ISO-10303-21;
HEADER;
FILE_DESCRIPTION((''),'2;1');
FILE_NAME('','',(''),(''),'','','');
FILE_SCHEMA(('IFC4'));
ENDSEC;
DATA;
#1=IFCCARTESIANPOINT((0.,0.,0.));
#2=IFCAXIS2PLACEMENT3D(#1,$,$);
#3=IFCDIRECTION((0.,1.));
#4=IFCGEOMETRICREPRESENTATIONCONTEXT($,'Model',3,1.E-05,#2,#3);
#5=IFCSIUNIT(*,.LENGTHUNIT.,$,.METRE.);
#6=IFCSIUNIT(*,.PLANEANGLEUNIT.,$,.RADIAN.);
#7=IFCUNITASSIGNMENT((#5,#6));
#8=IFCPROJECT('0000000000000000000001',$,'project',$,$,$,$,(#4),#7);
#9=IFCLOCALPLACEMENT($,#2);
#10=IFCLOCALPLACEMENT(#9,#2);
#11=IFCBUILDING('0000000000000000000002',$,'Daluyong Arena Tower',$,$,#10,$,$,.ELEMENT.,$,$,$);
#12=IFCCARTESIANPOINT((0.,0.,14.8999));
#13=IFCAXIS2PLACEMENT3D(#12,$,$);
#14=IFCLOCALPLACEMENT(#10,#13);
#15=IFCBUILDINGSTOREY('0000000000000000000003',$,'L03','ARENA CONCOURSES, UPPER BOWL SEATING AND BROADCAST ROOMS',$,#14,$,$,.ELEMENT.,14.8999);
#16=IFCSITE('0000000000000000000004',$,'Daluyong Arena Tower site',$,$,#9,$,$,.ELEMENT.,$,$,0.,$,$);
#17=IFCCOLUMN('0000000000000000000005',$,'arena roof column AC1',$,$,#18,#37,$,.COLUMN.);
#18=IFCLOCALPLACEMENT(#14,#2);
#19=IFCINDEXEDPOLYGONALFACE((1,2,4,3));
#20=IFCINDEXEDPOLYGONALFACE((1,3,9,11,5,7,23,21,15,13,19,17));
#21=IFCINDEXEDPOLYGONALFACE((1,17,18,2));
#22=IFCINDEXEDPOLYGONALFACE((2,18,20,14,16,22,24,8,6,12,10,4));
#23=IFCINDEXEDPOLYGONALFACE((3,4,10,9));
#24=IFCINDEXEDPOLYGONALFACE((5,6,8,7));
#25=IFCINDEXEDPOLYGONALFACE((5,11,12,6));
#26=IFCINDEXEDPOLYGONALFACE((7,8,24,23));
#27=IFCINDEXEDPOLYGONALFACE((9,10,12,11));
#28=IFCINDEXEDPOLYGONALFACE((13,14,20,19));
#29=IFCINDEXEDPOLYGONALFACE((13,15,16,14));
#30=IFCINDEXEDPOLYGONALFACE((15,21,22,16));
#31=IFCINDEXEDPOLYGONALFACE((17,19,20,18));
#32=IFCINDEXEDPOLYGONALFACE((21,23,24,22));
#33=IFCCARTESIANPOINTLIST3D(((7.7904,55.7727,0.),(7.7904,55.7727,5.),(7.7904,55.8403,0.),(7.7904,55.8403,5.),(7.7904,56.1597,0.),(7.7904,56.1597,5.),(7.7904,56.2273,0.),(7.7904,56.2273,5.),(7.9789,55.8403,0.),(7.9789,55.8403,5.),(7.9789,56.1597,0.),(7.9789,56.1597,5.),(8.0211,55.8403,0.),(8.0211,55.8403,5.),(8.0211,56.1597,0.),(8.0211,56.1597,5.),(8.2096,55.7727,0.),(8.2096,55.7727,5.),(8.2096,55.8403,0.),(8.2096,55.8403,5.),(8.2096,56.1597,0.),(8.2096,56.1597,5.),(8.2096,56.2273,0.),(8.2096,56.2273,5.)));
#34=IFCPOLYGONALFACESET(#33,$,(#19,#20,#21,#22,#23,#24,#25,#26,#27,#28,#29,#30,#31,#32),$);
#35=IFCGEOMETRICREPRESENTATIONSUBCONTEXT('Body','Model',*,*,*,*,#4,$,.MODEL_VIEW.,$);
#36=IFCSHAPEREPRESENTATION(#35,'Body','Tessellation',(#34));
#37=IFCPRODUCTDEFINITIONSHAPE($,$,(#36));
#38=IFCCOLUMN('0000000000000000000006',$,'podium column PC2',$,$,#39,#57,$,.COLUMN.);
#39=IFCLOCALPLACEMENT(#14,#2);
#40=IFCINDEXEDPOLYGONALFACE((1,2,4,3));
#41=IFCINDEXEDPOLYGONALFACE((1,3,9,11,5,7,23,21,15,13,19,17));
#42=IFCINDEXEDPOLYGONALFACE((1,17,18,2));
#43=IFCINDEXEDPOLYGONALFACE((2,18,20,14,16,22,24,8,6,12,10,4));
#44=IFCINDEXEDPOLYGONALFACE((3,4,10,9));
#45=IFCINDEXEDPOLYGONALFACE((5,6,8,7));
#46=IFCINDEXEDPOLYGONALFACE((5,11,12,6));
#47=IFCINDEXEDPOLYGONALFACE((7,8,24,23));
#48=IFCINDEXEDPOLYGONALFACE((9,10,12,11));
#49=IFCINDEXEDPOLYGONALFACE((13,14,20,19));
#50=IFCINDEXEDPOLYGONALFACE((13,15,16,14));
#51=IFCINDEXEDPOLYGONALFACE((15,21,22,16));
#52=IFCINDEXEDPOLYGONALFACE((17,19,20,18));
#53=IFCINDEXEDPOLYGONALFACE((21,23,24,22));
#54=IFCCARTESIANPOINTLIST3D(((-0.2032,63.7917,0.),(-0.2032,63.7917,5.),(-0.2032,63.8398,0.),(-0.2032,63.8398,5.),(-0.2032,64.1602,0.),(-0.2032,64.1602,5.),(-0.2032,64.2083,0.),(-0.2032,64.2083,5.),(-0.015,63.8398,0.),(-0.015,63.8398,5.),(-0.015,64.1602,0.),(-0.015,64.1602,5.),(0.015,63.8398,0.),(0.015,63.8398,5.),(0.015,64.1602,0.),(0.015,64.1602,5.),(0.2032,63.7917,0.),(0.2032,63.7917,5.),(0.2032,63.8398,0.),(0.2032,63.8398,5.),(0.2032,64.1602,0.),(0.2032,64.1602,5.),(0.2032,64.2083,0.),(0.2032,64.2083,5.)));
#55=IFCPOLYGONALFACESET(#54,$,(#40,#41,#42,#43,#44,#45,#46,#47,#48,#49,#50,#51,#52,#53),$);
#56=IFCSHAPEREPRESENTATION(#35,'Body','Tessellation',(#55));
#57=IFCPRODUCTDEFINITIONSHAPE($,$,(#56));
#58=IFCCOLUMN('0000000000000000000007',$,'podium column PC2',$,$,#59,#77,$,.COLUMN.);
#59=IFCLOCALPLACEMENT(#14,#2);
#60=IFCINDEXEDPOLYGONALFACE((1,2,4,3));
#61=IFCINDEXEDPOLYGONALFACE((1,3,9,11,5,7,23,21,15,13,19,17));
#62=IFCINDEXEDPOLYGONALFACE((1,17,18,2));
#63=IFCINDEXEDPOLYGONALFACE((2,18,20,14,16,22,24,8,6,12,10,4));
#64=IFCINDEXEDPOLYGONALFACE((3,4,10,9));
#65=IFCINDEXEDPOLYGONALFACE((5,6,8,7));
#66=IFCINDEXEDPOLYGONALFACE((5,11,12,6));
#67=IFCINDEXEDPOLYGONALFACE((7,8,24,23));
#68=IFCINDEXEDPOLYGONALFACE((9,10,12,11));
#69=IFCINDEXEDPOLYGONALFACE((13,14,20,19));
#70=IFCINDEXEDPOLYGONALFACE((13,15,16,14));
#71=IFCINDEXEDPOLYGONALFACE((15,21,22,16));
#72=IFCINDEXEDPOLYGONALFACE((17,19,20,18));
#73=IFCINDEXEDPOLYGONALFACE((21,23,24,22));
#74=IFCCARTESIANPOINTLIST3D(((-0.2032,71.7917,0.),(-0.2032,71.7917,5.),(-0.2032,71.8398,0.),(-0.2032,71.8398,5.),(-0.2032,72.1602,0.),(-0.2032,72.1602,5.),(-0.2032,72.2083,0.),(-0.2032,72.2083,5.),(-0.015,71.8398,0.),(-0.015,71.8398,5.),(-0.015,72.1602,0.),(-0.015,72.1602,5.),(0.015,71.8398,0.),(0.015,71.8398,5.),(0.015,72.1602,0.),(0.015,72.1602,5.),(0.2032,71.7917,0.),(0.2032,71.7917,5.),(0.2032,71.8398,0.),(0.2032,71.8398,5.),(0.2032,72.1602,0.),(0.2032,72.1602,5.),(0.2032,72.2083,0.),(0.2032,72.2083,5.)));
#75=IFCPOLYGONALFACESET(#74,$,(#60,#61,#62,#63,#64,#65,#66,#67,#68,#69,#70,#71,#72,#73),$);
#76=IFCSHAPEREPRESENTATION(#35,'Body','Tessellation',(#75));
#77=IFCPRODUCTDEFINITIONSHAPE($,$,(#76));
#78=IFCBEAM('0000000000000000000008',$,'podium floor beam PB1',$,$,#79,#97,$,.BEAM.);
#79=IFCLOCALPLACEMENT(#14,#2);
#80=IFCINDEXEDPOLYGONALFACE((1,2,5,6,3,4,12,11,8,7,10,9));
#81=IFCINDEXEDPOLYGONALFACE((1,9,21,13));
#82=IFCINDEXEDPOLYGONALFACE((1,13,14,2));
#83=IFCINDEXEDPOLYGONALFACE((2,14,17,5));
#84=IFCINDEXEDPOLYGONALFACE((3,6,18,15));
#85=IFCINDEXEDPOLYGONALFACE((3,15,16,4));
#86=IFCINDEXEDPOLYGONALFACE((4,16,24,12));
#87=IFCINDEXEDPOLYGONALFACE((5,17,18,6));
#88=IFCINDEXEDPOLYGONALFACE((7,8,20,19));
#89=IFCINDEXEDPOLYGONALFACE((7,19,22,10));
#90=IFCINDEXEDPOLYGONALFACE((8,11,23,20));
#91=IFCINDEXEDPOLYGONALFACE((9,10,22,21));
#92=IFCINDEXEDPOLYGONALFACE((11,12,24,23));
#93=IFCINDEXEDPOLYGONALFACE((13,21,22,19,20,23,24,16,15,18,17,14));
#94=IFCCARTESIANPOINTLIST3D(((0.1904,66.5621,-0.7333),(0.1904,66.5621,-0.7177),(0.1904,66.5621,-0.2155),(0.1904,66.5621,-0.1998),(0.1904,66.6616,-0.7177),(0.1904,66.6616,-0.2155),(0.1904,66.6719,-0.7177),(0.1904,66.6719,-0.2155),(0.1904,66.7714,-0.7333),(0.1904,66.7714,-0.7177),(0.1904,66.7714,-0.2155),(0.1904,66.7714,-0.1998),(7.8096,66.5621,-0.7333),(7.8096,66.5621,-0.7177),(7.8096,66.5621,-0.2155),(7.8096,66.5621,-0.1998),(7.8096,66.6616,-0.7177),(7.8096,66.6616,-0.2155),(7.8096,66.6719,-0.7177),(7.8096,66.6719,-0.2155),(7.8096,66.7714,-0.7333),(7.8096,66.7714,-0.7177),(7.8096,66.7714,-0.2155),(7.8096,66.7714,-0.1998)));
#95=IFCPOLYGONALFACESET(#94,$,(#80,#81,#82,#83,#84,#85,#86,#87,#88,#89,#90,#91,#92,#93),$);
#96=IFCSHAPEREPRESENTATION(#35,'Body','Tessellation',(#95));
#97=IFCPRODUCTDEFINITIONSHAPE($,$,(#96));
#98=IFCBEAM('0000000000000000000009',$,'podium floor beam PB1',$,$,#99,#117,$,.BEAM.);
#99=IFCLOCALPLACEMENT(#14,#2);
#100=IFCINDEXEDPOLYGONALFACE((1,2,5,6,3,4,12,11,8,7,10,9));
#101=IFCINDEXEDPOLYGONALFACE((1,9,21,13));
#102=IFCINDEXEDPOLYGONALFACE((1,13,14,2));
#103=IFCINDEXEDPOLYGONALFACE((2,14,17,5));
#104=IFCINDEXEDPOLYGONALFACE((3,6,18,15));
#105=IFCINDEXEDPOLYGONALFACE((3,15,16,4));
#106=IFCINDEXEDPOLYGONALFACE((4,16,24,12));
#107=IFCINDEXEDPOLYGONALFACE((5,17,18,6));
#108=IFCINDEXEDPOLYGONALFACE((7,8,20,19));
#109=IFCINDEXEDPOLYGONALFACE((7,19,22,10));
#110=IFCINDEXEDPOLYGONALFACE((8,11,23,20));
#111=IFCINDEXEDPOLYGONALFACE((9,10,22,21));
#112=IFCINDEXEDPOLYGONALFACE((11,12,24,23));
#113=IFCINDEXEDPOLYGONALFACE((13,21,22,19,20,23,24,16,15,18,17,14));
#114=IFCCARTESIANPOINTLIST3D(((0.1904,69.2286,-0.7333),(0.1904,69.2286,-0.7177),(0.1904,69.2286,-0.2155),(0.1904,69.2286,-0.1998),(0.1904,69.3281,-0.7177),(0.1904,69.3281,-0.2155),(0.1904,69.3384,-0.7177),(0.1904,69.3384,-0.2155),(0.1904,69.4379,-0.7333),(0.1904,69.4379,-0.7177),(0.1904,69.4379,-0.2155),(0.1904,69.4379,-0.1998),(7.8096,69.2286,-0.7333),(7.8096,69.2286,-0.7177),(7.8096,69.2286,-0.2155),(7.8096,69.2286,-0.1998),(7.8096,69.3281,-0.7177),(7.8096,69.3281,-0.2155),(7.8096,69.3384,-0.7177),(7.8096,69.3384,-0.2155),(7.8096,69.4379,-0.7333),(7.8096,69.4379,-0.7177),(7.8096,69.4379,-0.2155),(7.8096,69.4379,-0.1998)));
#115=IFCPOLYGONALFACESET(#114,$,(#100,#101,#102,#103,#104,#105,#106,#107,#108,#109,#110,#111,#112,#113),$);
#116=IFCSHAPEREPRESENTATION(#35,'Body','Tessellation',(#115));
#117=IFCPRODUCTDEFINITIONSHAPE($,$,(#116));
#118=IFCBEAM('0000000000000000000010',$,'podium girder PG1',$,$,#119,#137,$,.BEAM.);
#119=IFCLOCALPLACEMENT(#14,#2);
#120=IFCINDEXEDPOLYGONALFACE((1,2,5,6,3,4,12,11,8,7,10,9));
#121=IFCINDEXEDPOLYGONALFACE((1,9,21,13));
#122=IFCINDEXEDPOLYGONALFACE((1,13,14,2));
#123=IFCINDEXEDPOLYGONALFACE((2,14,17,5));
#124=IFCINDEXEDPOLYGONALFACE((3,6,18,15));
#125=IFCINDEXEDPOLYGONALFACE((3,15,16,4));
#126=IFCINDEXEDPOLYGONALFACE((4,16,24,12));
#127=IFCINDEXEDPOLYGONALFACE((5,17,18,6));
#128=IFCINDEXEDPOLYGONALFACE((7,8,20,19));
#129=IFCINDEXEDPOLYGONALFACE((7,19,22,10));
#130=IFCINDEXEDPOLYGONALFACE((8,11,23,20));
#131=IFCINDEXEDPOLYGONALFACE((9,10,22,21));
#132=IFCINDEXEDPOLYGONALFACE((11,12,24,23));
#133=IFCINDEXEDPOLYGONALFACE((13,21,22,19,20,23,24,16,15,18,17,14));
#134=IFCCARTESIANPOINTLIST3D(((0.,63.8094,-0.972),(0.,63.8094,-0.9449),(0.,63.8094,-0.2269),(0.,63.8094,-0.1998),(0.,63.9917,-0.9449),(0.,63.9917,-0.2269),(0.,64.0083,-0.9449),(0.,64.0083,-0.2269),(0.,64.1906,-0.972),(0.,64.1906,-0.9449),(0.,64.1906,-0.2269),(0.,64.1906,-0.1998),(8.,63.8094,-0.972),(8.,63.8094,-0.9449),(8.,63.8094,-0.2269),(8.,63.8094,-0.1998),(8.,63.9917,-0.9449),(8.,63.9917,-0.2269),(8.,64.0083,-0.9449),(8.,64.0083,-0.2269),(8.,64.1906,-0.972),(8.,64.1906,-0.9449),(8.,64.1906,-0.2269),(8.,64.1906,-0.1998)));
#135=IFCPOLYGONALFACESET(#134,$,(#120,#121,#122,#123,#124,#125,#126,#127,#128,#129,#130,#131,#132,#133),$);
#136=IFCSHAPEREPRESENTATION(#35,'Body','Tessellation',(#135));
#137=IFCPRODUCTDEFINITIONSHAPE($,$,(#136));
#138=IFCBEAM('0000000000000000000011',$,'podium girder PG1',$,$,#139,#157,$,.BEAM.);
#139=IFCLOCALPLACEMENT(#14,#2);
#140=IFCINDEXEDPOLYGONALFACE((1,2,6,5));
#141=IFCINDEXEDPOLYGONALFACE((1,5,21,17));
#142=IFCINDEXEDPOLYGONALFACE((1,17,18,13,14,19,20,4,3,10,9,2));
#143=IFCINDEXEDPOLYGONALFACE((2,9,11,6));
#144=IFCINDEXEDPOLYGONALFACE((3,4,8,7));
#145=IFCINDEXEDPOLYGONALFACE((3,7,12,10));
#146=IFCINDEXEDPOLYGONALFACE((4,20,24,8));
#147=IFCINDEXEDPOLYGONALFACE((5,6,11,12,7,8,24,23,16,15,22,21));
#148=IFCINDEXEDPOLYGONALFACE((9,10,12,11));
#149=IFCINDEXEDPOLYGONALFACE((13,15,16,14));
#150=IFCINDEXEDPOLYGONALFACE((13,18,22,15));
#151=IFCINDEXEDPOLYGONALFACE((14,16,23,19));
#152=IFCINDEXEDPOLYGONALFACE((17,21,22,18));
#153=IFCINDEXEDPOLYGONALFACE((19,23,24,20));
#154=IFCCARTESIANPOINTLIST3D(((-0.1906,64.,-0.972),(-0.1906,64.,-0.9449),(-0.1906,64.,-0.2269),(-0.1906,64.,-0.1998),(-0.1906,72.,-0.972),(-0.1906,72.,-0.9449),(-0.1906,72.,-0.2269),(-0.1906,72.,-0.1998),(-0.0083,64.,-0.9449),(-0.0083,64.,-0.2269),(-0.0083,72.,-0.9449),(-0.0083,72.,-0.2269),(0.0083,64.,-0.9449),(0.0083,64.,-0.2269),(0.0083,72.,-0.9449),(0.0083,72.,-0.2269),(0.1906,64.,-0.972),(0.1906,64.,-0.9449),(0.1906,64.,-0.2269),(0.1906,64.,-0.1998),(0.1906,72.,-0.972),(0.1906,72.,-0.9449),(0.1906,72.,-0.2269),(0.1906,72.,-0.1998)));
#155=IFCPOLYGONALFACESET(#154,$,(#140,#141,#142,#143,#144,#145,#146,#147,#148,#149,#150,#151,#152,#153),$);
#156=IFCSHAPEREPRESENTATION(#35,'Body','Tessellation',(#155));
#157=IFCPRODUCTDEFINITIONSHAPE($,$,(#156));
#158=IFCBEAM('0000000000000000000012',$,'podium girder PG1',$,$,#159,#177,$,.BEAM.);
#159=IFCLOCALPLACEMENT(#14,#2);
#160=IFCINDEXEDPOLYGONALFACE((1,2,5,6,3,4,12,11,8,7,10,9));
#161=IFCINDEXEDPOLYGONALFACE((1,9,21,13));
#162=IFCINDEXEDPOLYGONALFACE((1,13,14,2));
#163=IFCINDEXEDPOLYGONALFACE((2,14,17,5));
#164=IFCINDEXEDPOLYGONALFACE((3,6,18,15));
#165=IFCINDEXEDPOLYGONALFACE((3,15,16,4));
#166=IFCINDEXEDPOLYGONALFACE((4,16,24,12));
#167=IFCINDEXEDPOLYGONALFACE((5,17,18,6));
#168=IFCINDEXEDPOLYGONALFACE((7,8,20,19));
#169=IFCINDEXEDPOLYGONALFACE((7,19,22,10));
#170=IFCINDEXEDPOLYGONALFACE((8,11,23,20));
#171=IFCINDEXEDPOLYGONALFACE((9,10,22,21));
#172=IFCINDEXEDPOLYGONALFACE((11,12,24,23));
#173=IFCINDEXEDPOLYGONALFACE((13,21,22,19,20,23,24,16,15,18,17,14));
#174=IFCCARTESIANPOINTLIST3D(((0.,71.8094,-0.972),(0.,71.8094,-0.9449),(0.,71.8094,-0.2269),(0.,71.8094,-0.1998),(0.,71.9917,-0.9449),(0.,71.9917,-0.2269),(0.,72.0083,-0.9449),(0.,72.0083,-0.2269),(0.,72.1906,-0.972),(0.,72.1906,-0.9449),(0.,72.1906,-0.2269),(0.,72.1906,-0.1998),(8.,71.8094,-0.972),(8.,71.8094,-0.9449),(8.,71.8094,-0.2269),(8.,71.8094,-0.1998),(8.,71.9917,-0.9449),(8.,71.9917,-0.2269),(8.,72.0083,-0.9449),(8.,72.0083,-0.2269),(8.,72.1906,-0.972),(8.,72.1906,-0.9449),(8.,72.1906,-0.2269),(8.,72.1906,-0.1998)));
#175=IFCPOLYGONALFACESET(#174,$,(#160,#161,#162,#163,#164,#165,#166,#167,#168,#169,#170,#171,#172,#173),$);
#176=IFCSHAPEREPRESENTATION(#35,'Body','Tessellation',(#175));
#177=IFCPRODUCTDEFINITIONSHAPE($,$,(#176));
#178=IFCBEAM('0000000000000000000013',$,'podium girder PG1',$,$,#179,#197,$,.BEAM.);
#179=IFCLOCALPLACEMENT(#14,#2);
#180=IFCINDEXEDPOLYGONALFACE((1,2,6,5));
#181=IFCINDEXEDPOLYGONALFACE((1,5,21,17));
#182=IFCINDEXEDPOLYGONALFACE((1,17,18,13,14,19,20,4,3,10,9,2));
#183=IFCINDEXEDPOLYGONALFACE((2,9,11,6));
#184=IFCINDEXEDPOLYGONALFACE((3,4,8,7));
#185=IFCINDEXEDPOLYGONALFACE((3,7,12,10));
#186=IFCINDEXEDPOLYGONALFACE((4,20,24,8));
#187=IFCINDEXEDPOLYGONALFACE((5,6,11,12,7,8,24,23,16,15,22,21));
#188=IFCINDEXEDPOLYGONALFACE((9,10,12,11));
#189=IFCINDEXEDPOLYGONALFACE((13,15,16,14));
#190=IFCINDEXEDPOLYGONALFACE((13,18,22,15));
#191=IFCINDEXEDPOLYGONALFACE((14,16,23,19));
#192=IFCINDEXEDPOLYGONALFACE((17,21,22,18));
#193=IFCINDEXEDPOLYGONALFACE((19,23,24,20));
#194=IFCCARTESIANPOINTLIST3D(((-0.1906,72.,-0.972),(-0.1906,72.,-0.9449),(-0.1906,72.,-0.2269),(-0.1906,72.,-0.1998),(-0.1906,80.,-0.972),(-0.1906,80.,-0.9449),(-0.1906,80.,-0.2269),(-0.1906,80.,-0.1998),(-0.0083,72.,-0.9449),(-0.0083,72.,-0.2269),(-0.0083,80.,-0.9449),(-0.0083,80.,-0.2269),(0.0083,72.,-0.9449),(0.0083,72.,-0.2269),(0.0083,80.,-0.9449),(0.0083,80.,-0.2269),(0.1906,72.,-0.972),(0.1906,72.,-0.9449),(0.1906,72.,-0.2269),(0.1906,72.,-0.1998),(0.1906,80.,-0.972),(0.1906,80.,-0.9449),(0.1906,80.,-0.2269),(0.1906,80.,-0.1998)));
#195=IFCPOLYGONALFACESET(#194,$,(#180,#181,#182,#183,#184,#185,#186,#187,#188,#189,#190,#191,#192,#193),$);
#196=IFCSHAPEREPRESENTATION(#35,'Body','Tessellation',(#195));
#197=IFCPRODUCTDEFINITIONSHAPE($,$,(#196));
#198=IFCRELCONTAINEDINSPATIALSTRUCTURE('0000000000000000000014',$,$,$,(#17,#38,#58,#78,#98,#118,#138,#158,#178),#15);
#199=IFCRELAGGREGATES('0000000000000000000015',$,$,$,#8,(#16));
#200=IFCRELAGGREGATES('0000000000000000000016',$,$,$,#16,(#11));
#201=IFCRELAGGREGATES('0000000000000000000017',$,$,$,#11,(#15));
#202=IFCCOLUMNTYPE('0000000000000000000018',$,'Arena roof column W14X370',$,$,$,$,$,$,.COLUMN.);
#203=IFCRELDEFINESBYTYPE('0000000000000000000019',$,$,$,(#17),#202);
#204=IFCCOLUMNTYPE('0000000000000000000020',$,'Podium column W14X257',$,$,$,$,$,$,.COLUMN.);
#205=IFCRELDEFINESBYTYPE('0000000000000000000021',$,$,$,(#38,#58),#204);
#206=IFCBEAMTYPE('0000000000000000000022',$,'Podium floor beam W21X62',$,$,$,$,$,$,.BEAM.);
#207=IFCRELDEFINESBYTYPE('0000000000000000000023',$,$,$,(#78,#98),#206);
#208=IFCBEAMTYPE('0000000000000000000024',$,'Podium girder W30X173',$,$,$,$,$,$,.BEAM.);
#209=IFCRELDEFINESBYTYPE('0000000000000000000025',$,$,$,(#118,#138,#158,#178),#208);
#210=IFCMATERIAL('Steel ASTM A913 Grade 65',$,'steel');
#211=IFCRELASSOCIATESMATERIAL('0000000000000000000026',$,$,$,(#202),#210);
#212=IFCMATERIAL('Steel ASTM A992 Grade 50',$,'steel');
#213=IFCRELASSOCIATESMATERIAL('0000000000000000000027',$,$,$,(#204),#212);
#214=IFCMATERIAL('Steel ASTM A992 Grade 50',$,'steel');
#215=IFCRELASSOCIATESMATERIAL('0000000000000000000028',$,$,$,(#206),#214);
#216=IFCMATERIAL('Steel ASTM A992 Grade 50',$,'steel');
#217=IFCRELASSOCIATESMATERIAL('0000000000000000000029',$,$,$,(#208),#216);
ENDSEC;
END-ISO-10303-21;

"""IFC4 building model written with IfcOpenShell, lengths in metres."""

from ifc_helpers import new_model, si_unit, direction, frame, origin, origin_2d, place, context, subcontext, project, spatial, i_section, extrude, material, material_profile, profile_set, type_object, element, save


model = new_model("IFC4")

# Units and contexts
model_context = context("Model", 3, precision=1e-05, world=origin(), true_north=direction((0.0, 1.0)))
body_context = subcontext(model_context, "Body", "Model", "MODEL_VIEW")
ifc_project = project(units=[si_unit("LENGTHUNIT", "METRE"), si_unit("PLANEANGLEUNIT", "RADIAN")], contexts=[model_context])

# Site, building, storey
site_placement = place(None, origin())
site = spatial("IfcSite", under=ifc_project, at=site_placement, Name="Daluyong Arena Tower site", CompositionType="ELEMENT", RefElevation=0.0)
building_placement = place(site_placement, origin())
building = spatial("IfcBuilding", under=site, at=building_placement, Name="Daluyong Arena Tower", CompositionType="ELEMENT")
storey_placement = place(building_placement, frame((0.0, 0.0, 14.8999)))
storey = spatial("IfcBuildingStorey", under=building, at=storey_placement, Name="L03", Description="ARENA CONCOURSES, UPPER BOWL SEATING AND BROADCAST ROOMS", CompositionType="ELEMENT", Elevation=14.8999)

# Columns
ifc_material_1 = material(Name="Steel ASTM A913 Grade 65", Category="steel")
ifc_material_profile_1 = material_profile(ifc_material_1, i_section(OverallWidth=0.4192, OverallDepth=0.4546, WebThickness=0.0422, FlangeThickness=0.0676, at=origin_2d()))
ifc_profile_set_1 = profile_set([ifc_material_profile_1], Name="Steel ASTM A913 Grade 65")
column_type_1 = type_object("IfcColumnType", Name="Arena roof column W14X370", PredefinedType="COLUMN", material=ifc_profile_set_1)
column_placement = place(storey_placement, frame((8.0, 56.0, 0.0), z_axis=(0.0, 0.0, 1.0), x_axis=(1.0, 0.0, 0.0)))
element("IfcColumn", 1, at=column_placement, inside=storey, type_object=column_type_1, Name="arena roof column AC1", PredefinedType="COLUMN", context=body_context, shape_type="SweptSolid", body=[
    extrude(i_section(OverallWidth=0.4192, OverallDepth=0.4546, WebThickness=0.0422, FlangeThickness=0.0676, at=origin_2d()), origin(), (0.0, 0.0, 1.0), 5.0),
])
ifc_material_2 = material(Name="Steel ASTM A992 Grade 50", Category="steel")
ifc_material_profile_2 = material_profile(ifc_material_2, i_section(OverallWidth=0.4065, OverallDepth=0.4165, WebThickness=0.03, FlangeThickness=0.0481, at=origin_2d()))
ifc_profile_set_2 = profile_set([ifc_material_profile_2], Name="Steel ASTM A992 Grade 50")
column_type_2 = type_object("IfcColumnType", Name="Podium column W14X257", PredefinedType="COLUMN", material=ifc_profile_set_2)
for number, where, z_axis, x_axis, name in (
    (2, (0.0, 64.0, 0.0), (0.0, 0.0, 1.0), (1.0, 0.0, 0.0), "podium column PC2"),
    (3, (0.0, 72.0, 0.0), (0.0, 0.0, 1.0), (1.0, 0.0, 0.0), "podium column PC2"),
):
    element("IfcColumn", number, at=place(storey_placement, frame(where, z_axis=z_axis, x_axis=x_axis)), inside=storey, type_object=column_type_2, Name=name, PredefinedType="COLUMN", context=body_context, shape_type="SweptSolid", body=[
        extrude(i_section(OverallWidth=0.4065, OverallDepth=0.4165, WebThickness=0.03, FlangeThickness=0.0481, at=origin_2d()), origin(), (0.0, 0.0, 1.0), 5.0),
    ])

# Beams
ifc_material_3 = material(Name="Steel ASTM A992 Grade 50", Category="steel")
ifc_material_profile_3 = material_profile(ifc_material_3, i_section(OverallWidth=0.2092, OverallDepth=0.5334, WebThickness=0.0103, FlangeThickness=0.0156, at=origin_2d()))
ifc_profile_set_3 = profile_set([ifc_material_profile_3], Name="Steel ASTM A992 Grade 50")
beam_type_1 = type_object("IfcBeamType", Name="Podium floor beam W21X62", PredefinedType="BEAM", material=ifc_profile_set_3)
for number, where, z_axis, x_axis, name in (
    (4, (0.1904, 66.6667, -0.4666), (1.0, 0.0, 0.0), (0.0, 1.0, 0.0), "podium floor beam PB1"),
    (5, (0.1904, 69.3333, -0.4666), (1.0, 0.0, 0.0), (0.0, 1.0, 0.0), "podium floor beam PB1"),
):
    element("IfcBeam", number, at=place(storey_placement, frame(where, z_axis=z_axis, x_axis=x_axis)), inside=storey, type_object=beam_type_1, Name=name, PredefinedType="BEAM", context=body_context, shape_type="SweptSolid", body=[
        extrude(i_section(OverallWidth=0.2092, OverallDepth=0.5334, WebThickness=0.0103, FlangeThickness=0.0156, at=origin_2d()), origin(), (0.0, 0.0, 1.0), 7.6191),
    ])
ifc_material_4 = material(Name="Steel ASTM A992 Grade 50", Category="steel")
ifc_material_profile_4 = material_profile(ifc_material_4, i_section(OverallWidth=0.3811, OverallDepth=0.7722, WebThickness=0.0166, FlangeThickness=0.0271, at=origin_2d()))
ifc_profile_set_4 = profile_set([ifc_material_profile_4], Name="Steel ASTM A992 Grade 50")
beam_type_2 = type_object("IfcBeamType", Name="Podium girder W30X173", PredefinedType="BEAM", material=ifc_profile_set_4)
for number, where, z_axis, x_axis, name in (
    (6, (0.0, 64.0, -0.5859), (1.0, 0.0, 0.0), (0.0, 1.0, 0.0), "podium girder PG1"),
    (7, (0.0, 64.0, -0.5859), (0.0, 1.0, 0.0), (-1.0, 0.0, 0.0), "podium girder PG1"),
    (8, (0.0, 72.0, -0.5859), (1.0, 0.0, 0.0), (0.0, 1.0, 0.0), "podium girder PG1"),
    (9, (0.0, 72.0, -0.5859), (0.0, 1.0, 0.0), (-1.0, 0.0, 0.0), "podium girder PG1"),
):
    element("IfcBeam", number, at=place(storey_placement, frame(where, z_axis=z_axis, x_axis=x_axis)), inside=storey, type_object=beam_type_2, Name=name, PredefinedType="BEAM", context=body_context, shape_type="SweptSolid", body=[
        extrude(i_section(OverallWidth=0.3811, OverallDepth=0.7722, WebThickness=0.0166, FlangeThickness=0.0271, at=origin_2d()), origin(), (0.0, 0.0, 1.0), 8.0),
    ])

save(model, "model.ifc")
